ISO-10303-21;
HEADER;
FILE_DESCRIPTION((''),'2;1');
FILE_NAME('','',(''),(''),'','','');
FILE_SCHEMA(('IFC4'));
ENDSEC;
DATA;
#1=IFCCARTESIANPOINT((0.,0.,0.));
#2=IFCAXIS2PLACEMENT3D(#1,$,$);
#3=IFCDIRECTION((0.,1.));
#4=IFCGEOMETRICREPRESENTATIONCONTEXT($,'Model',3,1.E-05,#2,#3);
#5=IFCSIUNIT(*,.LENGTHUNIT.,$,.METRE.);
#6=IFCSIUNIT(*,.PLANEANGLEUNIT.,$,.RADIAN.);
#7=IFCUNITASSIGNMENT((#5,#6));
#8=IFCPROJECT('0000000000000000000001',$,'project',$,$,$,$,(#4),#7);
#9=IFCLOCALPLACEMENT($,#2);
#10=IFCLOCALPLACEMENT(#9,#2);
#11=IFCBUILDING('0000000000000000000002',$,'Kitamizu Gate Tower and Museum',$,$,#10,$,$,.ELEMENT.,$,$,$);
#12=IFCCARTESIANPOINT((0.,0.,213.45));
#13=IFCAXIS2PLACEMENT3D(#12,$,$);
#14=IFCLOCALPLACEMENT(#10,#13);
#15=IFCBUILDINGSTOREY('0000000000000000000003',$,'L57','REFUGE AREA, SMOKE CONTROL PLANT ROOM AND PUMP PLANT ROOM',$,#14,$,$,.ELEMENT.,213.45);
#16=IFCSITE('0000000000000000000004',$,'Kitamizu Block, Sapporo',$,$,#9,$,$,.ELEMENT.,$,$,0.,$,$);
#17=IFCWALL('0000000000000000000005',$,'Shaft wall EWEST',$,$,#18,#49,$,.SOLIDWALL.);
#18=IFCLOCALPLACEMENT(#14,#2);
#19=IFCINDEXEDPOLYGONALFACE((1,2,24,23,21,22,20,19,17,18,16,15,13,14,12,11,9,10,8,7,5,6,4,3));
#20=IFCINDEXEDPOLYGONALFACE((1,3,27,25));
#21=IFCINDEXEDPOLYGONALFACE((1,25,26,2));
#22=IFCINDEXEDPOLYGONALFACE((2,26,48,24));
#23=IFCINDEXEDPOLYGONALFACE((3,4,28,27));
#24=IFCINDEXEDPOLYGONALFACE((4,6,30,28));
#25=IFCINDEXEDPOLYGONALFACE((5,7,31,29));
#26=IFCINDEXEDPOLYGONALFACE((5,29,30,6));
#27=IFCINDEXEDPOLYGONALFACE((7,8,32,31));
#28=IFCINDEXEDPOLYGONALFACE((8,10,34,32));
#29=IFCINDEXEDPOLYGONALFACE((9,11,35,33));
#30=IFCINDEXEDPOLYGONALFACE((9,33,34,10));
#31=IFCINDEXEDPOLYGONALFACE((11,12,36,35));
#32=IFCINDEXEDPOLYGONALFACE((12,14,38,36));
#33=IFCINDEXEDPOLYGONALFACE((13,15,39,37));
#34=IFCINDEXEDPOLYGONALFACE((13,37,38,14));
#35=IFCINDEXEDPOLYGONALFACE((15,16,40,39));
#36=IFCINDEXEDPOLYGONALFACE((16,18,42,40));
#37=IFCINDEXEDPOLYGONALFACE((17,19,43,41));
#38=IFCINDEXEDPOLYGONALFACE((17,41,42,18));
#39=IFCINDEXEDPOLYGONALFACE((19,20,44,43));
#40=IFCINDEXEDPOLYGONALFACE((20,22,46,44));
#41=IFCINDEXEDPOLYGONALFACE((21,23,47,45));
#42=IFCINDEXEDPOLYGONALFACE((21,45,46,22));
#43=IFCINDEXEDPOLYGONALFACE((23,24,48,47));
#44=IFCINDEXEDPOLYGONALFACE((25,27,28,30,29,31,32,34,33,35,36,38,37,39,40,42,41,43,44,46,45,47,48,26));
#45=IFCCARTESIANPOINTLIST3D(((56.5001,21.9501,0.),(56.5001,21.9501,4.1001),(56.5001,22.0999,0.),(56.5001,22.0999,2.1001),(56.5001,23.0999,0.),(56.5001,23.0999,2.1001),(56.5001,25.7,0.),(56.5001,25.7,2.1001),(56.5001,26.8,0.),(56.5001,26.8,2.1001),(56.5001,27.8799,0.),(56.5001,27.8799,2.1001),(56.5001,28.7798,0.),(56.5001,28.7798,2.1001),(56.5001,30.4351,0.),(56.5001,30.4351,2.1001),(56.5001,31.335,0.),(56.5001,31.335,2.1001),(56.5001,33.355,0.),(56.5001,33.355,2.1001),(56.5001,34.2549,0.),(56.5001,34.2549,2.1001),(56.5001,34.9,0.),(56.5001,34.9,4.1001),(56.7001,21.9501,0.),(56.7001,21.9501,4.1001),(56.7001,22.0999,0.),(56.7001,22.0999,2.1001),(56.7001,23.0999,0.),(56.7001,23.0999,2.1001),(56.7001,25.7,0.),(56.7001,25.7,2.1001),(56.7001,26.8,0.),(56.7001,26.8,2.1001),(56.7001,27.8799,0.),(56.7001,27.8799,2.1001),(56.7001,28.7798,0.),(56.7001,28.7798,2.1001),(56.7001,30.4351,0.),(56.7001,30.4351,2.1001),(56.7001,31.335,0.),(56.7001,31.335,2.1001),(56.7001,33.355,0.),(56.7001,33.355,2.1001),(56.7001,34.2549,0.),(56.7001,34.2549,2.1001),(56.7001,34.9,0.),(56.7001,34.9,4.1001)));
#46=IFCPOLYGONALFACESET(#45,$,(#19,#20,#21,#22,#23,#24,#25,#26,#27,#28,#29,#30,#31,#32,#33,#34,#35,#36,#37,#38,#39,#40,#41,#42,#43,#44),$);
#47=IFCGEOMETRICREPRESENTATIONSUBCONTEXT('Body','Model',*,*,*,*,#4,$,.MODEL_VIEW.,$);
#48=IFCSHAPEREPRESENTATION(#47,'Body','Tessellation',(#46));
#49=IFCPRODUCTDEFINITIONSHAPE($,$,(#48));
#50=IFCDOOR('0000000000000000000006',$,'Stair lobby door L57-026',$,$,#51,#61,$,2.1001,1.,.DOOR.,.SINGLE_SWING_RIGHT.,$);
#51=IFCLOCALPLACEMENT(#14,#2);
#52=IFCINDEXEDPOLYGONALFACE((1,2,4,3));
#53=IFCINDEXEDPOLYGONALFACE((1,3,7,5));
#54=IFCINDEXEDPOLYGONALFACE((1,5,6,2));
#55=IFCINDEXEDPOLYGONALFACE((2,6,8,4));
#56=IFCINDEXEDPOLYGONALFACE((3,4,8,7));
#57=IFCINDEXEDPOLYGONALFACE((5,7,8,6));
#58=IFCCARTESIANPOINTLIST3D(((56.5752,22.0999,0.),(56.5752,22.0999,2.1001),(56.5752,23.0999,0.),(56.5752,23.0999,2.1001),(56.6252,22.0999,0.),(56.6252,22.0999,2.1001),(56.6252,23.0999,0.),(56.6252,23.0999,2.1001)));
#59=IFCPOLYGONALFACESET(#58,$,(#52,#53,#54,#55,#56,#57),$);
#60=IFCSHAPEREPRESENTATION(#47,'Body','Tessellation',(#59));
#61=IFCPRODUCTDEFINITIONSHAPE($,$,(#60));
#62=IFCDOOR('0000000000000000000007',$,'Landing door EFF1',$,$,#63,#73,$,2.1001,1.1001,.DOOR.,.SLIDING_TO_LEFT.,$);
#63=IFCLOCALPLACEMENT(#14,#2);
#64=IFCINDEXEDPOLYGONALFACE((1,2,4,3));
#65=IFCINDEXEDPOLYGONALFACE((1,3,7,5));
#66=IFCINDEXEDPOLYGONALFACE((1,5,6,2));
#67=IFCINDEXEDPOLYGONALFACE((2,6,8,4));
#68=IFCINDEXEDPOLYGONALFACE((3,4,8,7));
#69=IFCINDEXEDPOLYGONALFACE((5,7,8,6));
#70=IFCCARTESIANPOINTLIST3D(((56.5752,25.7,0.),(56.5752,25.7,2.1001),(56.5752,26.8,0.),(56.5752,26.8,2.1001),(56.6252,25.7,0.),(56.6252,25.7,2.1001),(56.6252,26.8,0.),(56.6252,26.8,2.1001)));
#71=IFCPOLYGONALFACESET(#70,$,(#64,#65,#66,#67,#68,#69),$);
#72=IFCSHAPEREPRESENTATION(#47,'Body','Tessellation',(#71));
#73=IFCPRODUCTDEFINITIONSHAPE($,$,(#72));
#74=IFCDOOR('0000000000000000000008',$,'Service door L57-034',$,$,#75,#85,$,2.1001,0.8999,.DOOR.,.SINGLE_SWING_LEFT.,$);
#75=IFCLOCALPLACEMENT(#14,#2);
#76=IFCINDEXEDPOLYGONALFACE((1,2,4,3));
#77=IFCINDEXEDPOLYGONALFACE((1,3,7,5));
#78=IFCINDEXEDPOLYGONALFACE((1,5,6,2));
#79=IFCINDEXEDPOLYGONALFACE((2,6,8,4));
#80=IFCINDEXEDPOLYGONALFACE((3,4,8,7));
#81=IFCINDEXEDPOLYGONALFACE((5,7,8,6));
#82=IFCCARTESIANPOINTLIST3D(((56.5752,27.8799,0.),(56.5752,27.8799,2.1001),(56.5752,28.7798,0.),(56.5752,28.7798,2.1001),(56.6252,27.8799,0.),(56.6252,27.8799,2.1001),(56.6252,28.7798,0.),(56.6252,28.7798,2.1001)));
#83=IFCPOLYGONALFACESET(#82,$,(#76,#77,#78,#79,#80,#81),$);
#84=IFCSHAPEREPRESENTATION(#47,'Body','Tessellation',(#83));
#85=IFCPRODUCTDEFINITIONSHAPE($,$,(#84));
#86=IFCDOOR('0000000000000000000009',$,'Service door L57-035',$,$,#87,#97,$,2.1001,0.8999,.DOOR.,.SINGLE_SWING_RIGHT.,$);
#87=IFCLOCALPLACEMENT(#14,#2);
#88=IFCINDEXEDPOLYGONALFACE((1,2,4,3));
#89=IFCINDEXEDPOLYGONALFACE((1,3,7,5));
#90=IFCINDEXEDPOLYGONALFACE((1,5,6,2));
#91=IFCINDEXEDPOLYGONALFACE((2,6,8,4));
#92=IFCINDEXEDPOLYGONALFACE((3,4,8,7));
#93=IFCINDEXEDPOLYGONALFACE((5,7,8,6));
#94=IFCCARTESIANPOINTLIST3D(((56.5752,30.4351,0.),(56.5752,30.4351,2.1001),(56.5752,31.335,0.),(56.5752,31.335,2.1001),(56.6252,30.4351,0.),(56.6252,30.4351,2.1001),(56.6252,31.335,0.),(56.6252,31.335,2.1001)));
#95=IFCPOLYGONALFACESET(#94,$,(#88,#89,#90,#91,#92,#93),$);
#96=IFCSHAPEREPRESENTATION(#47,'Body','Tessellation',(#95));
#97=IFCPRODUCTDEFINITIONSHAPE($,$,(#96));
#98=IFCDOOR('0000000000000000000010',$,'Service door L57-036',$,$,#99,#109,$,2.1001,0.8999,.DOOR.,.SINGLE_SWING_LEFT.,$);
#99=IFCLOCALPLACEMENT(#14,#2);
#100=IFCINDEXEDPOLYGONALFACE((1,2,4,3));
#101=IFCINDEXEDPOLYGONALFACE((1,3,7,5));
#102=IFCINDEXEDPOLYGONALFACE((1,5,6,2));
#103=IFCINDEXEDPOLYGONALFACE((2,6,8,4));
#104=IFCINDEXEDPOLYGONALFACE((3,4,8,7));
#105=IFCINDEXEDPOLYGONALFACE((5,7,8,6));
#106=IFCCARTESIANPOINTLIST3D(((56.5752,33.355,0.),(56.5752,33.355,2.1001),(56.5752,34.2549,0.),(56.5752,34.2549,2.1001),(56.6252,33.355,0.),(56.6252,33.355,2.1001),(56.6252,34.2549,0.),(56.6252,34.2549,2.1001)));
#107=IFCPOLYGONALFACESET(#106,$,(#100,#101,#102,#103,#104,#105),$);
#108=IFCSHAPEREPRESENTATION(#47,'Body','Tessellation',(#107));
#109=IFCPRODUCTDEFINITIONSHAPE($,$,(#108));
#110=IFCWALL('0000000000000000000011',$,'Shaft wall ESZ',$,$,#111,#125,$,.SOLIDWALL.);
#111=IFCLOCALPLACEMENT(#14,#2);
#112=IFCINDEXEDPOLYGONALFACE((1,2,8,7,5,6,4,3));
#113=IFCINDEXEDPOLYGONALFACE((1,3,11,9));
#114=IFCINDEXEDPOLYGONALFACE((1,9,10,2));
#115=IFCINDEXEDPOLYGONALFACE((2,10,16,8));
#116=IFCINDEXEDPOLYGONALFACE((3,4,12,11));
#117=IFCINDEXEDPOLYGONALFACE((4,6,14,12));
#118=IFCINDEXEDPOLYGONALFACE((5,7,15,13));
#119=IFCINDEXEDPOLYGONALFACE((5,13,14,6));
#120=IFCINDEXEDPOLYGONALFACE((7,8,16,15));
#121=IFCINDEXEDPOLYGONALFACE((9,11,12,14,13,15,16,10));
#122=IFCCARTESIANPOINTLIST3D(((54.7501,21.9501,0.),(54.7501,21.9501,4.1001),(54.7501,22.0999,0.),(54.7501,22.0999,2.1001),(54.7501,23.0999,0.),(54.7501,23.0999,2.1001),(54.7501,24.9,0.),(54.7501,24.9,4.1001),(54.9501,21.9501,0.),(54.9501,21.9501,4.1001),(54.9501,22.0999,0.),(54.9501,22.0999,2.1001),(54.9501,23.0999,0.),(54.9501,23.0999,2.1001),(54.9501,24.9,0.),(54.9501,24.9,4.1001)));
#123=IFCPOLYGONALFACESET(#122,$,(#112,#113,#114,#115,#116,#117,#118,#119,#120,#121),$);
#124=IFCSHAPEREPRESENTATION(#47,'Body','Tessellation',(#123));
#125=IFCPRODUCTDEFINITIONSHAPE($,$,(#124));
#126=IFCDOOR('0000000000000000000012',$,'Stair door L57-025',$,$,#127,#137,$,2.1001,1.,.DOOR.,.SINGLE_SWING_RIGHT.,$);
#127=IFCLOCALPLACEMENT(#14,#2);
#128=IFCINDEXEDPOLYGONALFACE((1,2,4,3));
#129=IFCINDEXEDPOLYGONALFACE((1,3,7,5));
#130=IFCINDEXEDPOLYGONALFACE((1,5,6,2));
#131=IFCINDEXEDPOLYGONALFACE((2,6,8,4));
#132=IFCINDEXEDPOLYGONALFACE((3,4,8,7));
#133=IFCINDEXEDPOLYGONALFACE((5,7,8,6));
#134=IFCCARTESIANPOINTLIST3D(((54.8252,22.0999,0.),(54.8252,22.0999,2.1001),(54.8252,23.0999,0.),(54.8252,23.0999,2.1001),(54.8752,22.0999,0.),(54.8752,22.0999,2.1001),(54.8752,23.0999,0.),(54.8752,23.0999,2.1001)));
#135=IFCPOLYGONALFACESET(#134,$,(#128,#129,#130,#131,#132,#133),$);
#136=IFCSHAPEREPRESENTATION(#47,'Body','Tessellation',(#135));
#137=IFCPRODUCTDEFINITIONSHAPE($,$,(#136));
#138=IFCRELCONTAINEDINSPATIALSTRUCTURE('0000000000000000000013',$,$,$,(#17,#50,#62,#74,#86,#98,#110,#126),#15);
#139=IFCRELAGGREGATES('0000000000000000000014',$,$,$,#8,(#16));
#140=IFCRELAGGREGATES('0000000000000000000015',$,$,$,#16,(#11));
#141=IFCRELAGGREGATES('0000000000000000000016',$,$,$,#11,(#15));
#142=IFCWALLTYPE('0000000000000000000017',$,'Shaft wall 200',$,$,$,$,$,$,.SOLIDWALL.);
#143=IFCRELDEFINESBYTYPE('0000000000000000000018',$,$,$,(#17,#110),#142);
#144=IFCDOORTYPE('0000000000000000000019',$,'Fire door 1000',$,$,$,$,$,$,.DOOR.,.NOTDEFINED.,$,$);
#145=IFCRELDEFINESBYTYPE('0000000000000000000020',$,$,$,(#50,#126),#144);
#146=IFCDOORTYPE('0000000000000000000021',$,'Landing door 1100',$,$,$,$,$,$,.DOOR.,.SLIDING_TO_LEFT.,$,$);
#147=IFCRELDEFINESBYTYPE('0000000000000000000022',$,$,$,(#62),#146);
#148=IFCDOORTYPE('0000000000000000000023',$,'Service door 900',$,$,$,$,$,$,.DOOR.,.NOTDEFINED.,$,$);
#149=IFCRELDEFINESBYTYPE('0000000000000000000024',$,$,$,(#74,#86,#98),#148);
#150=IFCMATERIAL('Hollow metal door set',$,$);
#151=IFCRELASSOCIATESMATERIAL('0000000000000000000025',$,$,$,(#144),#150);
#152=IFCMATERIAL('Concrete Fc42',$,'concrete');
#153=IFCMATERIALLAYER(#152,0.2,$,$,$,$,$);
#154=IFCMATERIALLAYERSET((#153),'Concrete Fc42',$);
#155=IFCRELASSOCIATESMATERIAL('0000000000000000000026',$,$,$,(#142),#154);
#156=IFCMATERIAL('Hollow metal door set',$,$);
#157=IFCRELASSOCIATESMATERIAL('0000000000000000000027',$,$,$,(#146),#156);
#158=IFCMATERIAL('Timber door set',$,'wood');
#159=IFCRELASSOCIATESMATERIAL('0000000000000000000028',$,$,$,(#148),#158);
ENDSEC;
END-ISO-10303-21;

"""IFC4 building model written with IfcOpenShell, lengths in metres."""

from ifc_helpers import new_model, si_unit, direction, frame, frame_2d, origin, place, context, subcontext, project, spatial, rectangle, extrude, material, layer, layer_set, type_object, element, fill, save


model = new_model("IFC4")

# Units and contexts
model_context = context("Model", 3, precision=1e-05, world=origin(), true_north=direction((0.0, 1.0)))
body_context = subcontext(model_context, "Body", "Model", "MODEL_VIEW")
ifc_project = project(units=[si_unit("LENGTHUNIT", "METRE"), si_unit("PLANEANGLEUNIT", "RADIAN")], contexts=[model_context])

# Site, building, storey
site_placement = place(None, origin())
site = spatial("IfcSite", under=ifc_project, at=site_placement, Name="Kitamizu Block, Sapporo", CompositionType="ELEMENT", RefElevation=0.0)
building_placement = place(site_placement, origin())
building = spatial("IfcBuilding", under=site, at=building_placement, Name="Kitamizu Gate Tower and Museum", CompositionType="ELEMENT")
storey_placement = place(building_placement, frame((0.0, 0.0, 213.45)))
storey = spatial("IfcBuildingStorey", under=building, at=storey_placement, Name="L57", Description="REFUGE AREA, SMOKE CONTROL PLANT ROOM AND PUMP PLANT ROOM", CompositionType="ELEMENT", Elevation=213.45)

# Shared definitions
ifc_material_1 = material(Name="Hollow metal door set")
door_type_1 = type_object("IfcDoorType", Name="Fire door 1000", OperationType="NOTDEFINED", PredefinedType="DOOR", material=ifc_material_1)

# Wall, openings, doors
ifc_material_2 = material(Name="Concrete Fc42", Category="concrete")
ifc_layer_1 = layer(ifc_material_2, 0.2)
ifc_layer_set_1 = layer_set([ifc_layer_1], Name="Concrete Fc42")
wall_type_1 = type_object("IfcWallType", Name="Shaft wall 200", PredefinedType="SOLIDWALL", material=ifc_layer_set_1)
wall_1_placement = place(storey_placement, frame((56.6001, 21.95, 0.0), z_axis=(0.0, 0.0, 1.0), x_axis=(0.0, 1.0, 0.0)))
wall_1 = element("IfcWall", 1, at=wall_1_placement, inside=storey, type_object=wall_type_1, Name="Shaft wall EWEST", PredefinedType="SOLIDWALL", context=body_context, shape_type="SweptSolid", body=[
    extrude(rectangle(XDim=12.95, YDim=0.2, at=frame_2d((6.4751, 0.0))), origin(), (0.0, 0.0, 1.0), 4.1001),
])
opening_1_placement = place(wall_1_placement, frame((3.75, 0.0, 0.0)))
opening_1 = element("IfcOpeningElement", 2, at=opening_1_placement, cuts=wall_1, PredefinedType="OPENING", context=body_context, shape_type="SweptSolid", body=[
    extrude(rectangle(XDim=1.1001, YDim=2.1001, at=frame_2d((0.55, 1.05))), frame((0.0, 0.1099, 0.0), z_axis=(0.0, -1.0, 0.0), x_axis=(1.0, 0.0, 0.0)), (0.0, 0.0, 1.0), 0.22),
])
opening_2_placement = place(wall_1_placement, frame((0.1499, 0.0, 0.0)))
opening_2 = element("IfcOpeningElement", 3, at=opening_2_placement, cuts=wall_1, PredefinedType="OPENING", context=body_context, shape_type="SweptSolid", body=[
    extrude(rectangle(XDim=1.0, YDim=2.1001, at=frame_2d((0.5, 1.05))), frame((0.0, 0.1099, 0.0), z_axis=(0.0, -1.0, 0.0), x_axis=(1.0, 0.0, 0.0)), (0.0, 0.0, 1.0), 0.22),
])
opening_3_placement = place(wall_1_placement, frame((5.9299, 0.0, 0.0)))
opening_3 = element("IfcOpeningElement", 4, at=opening_3_placement, cuts=wall_1, PredefinedType="OPENING", context=body_context, shape_type="SweptSolid", body=[
    extrude(rectangle(XDim=0.8999, YDim=2.1001, at=frame_2d((0.45, 1.05))), frame((0.0, 0.1099, 0.0), z_axis=(0.0, -1.0, 0.0), x_axis=(1.0, 0.0, 0.0)), (0.0, 0.0, 1.0), 0.22),
])
opening_4_placement = place(wall_1_placement, frame((8.4851, 0.0, 0.0)))
opening_4 = element("IfcOpeningElement", 5, at=opening_4_placement, cuts=wall_1, PredefinedType="OPENING", context=body_context, shape_type="SweptSolid", body=[
    extrude(rectangle(XDim=0.8999, YDim=2.1001, at=frame_2d((0.45, 1.05))), frame((0.0, 0.1099, 0.0), z_axis=(0.0, -1.0, 0.0), x_axis=(1.0, 0.0, 0.0)), (0.0, 0.0, 1.0), 0.22),
])
opening_5_placement = place(wall_1_placement, frame((11.405, 0.0, 0.0)))
opening_5 = element("IfcOpeningElement", 6, at=opening_5_placement, cuts=wall_1, PredefinedType="OPENING", context=body_context, shape_type="SweptSolid", body=[
    extrude(rectangle(XDim=0.8999, YDim=2.1001, at=frame_2d((0.45, 1.05))), frame((0.0, 0.1099, 0.0), z_axis=(0.0, -1.0, 0.0), x_axis=(1.0, 0.0, 0.0)), (0.0, 0.0, 1.0), 0.22),
])
door_1_placement = place(opening_2_placement, origin())
door_1 = element("IfcDoor", 7, at=door_1_placement, inside=storey, type_object=door_type_1, Name="Stair lobby door L57-026", OperationType="SINGLE_SWING_RIGHT", OverallHeight=2.1001, OverallWidth=1.0, PredefinedType="DOOR", context=body_context, shape_type="SweptSolid", body=[
    extrude(rectangle(XDim=1.0, YDim=2.1001, at=frame_2d((0.5, 1.05))), frame((0.0, 0.0249, 0.0), z_axis=(0.0, -1.0, 0.0), x_axis=(1.0, 0.0, 0.0)), (0.0, 0.0, 1.0), 0.05),
])
fill(opening_2, door_1)
ifc_material_3 = material(Name="Hollow metal door set")
door_type_2 = type_object("IfcDoorType", Name="Landing door 1100", OperationType="SLIDING_TO_LEFT", PredefinedType="DOOR", material=ifc_material_3)
door_2_placement = place(opening_1_placement, origin())
door_2 = element("IfcDoor", 8, at=door_2_placement, inside=storey, type_object=door_type_2, Name="Landing door EFF1", OperationType="SLIDING_TO_LEFT", OverallHeight=2.1001, OverallWidth=1.1001, PredefinedType="DOOR", context=body_context, shape_type="SweptSolid", body=[
    extrude(rectangle(XDim=1.1001, YDim=2.1001, at=frame_2d((0.55, 1.05))), frame((0.0, 0.0249, 0.0), z_axis=(0.0, -1.0, 0.0), x_axis=(1.0, 0.0, 0.0)), (0.0, 0.0, 1.0), 0.05),
])
fill(opening_1, door_2)
ifc_material_4 = material(Name="Timber door set", Category="wood")
door_type_3 = type_object("IfcDoorType", Name="Service door 900", OperationType="NOTDEFINED", PredefinedType="DOOR", material=ifc_material_4)
door_3_placement = place(opening_3_placement, origin())
door_3 = element("IfcDoor", 9, at=door_3_placement, inside=storey, type_object=door_type_3, Name="Service door L57-034", OperationType="SINGLE_SWING_LEFT", OverallHeight=2.1001, OverallWidth=0.8999, PredefinedType="DOOR", context=body_context, shape_type="SweptSolid", body=[
    extrude(rectangle(XDim=0.8999, YDim=2.1001, at=frame_2d((0.45, 1.05))), frame((0.0, 0.0249, 0.0), z_axis=(0.0, -1.0, 0.0), x_axis=(1.0, 0.0, 0.0)), (0.0, 0.0, 1.0), 0.05),
])
fill(opening_3, door_3)
door_4_placement = place(opening_4_placement, origin())
door_4 = element("IfcDoor", 10, at=door_4_placement, inside=storey, type_object=door_type_3, Name="Service door L57-035", OperationType="SINGLE_SWING_RIGHT", OverallHeight=2.1001, OverallWidth=0.8999, PredefinedType="DOOR", context=body_context, shape_type="SweptSolid", body=[
    extrude(rectangle(XDim=0.8999, YDim=2.1001, at=frame_2d((0.45, 1.05))), frame((0.0, 0.0249, 0.0), z_axis=(0.0, -1.0, 0.0), x_axis=(1.0, 0.0, 0.0)), (0.0, 0.0, 1.0), 0.05),
])
fill(opening_4, door_4)
door_5_placement = place(opening_5_placement, origin())
door_5 = element("IfcDoor", 11, at=door_5_placement, inside=storey, type_object=door_type_3, Name="Service door L57-036", OperationType="SINGLE_SWING_LEFT", OverallHeight=2.1001, OverallWidth=0.8999, PredefinedType="DOOR", context=body_context, shape_type="SweptSolid", body=[
    extrude(rectangle(XDim=0.8999, YDim=2.1001, at=frame_2d((0.45, 1.05))), frame((0.0, 0.0249, 0.0), z_axis=(0.0, -1.0, 0.0), x_axis=(1.0, 0.0, 0.0)), (0.0, 0.0, 1.0), 0.05),
])
fill(opening_5, door_5)

# Wall, opening, door
wall_2_placement = place(storey_placement, frame((54.8501, 21.95, 0.0), z_axis=(0.0, 0.0, 1.0), x_axis=(0.0, 1.0, 0.0)))
wall_2 = element("IfcWall", 12, at=wall_2_placement, inside=storey, type_object=wall_type_1, Name="Shaft wall ESZ", PredefinedType="SOLIDWALL", context=body_context, shape_type="SweptSolid", body=[
    extrude(rectangle(XDim=2.95, YDim=0.2, at=frame_2d((1.4751, 0.0))), origin(), (0.0, 0.0, 1.0), 4.1001),
])
opening_6_placement = place(wall_2_placement, frame((0.1499, 0.0, 0.0)))
opening_6 = element("IfcOpeningElement", 13, at=opening_6_placement, cuts=wall_2, PredefinedType="OPENING", context=body_context, shape_type="SweptSolid", body=[
    extrude(rectangle(XDim=1.0, YDim=2.1001, at=frame_2d((0.5, 1.05))), frame((0.0, 0.1099, 0.0), z_axis=(0.0, -1.0, 0.0), x_axis=(1.0, 0.0, 0.0)), (0.0, 0.0, 1.0), 0.22),
])
door_6_placement = place(opening_6_placement, origin())
door_6 = element("IfcDoor", 14, at=door_6_placement, inside=storey, type_object=door_type_1, Name="Stair door L57-025", OperationType="SINGLE_SWING_RIGHT", OverallHeight=2.1001, OverallWidth=1.0, PredefinedType="DOOR", context=body_context, shape_type="SweptSolid", body=[
    extrude(rectangle(XDim=1.0, YDim=2.1001, at=frame_2d((0.5, 1.05))), frame((0.0, 0.0249, 0.0), z_axis=(0.0, -1.0, 0.0), x_axis=(1.0, 0.0, 0.0)), (0.0, 0.0, 1.0), 0.05),
])
fill(opening_6, door_6)

save(model, "model.ifc")
